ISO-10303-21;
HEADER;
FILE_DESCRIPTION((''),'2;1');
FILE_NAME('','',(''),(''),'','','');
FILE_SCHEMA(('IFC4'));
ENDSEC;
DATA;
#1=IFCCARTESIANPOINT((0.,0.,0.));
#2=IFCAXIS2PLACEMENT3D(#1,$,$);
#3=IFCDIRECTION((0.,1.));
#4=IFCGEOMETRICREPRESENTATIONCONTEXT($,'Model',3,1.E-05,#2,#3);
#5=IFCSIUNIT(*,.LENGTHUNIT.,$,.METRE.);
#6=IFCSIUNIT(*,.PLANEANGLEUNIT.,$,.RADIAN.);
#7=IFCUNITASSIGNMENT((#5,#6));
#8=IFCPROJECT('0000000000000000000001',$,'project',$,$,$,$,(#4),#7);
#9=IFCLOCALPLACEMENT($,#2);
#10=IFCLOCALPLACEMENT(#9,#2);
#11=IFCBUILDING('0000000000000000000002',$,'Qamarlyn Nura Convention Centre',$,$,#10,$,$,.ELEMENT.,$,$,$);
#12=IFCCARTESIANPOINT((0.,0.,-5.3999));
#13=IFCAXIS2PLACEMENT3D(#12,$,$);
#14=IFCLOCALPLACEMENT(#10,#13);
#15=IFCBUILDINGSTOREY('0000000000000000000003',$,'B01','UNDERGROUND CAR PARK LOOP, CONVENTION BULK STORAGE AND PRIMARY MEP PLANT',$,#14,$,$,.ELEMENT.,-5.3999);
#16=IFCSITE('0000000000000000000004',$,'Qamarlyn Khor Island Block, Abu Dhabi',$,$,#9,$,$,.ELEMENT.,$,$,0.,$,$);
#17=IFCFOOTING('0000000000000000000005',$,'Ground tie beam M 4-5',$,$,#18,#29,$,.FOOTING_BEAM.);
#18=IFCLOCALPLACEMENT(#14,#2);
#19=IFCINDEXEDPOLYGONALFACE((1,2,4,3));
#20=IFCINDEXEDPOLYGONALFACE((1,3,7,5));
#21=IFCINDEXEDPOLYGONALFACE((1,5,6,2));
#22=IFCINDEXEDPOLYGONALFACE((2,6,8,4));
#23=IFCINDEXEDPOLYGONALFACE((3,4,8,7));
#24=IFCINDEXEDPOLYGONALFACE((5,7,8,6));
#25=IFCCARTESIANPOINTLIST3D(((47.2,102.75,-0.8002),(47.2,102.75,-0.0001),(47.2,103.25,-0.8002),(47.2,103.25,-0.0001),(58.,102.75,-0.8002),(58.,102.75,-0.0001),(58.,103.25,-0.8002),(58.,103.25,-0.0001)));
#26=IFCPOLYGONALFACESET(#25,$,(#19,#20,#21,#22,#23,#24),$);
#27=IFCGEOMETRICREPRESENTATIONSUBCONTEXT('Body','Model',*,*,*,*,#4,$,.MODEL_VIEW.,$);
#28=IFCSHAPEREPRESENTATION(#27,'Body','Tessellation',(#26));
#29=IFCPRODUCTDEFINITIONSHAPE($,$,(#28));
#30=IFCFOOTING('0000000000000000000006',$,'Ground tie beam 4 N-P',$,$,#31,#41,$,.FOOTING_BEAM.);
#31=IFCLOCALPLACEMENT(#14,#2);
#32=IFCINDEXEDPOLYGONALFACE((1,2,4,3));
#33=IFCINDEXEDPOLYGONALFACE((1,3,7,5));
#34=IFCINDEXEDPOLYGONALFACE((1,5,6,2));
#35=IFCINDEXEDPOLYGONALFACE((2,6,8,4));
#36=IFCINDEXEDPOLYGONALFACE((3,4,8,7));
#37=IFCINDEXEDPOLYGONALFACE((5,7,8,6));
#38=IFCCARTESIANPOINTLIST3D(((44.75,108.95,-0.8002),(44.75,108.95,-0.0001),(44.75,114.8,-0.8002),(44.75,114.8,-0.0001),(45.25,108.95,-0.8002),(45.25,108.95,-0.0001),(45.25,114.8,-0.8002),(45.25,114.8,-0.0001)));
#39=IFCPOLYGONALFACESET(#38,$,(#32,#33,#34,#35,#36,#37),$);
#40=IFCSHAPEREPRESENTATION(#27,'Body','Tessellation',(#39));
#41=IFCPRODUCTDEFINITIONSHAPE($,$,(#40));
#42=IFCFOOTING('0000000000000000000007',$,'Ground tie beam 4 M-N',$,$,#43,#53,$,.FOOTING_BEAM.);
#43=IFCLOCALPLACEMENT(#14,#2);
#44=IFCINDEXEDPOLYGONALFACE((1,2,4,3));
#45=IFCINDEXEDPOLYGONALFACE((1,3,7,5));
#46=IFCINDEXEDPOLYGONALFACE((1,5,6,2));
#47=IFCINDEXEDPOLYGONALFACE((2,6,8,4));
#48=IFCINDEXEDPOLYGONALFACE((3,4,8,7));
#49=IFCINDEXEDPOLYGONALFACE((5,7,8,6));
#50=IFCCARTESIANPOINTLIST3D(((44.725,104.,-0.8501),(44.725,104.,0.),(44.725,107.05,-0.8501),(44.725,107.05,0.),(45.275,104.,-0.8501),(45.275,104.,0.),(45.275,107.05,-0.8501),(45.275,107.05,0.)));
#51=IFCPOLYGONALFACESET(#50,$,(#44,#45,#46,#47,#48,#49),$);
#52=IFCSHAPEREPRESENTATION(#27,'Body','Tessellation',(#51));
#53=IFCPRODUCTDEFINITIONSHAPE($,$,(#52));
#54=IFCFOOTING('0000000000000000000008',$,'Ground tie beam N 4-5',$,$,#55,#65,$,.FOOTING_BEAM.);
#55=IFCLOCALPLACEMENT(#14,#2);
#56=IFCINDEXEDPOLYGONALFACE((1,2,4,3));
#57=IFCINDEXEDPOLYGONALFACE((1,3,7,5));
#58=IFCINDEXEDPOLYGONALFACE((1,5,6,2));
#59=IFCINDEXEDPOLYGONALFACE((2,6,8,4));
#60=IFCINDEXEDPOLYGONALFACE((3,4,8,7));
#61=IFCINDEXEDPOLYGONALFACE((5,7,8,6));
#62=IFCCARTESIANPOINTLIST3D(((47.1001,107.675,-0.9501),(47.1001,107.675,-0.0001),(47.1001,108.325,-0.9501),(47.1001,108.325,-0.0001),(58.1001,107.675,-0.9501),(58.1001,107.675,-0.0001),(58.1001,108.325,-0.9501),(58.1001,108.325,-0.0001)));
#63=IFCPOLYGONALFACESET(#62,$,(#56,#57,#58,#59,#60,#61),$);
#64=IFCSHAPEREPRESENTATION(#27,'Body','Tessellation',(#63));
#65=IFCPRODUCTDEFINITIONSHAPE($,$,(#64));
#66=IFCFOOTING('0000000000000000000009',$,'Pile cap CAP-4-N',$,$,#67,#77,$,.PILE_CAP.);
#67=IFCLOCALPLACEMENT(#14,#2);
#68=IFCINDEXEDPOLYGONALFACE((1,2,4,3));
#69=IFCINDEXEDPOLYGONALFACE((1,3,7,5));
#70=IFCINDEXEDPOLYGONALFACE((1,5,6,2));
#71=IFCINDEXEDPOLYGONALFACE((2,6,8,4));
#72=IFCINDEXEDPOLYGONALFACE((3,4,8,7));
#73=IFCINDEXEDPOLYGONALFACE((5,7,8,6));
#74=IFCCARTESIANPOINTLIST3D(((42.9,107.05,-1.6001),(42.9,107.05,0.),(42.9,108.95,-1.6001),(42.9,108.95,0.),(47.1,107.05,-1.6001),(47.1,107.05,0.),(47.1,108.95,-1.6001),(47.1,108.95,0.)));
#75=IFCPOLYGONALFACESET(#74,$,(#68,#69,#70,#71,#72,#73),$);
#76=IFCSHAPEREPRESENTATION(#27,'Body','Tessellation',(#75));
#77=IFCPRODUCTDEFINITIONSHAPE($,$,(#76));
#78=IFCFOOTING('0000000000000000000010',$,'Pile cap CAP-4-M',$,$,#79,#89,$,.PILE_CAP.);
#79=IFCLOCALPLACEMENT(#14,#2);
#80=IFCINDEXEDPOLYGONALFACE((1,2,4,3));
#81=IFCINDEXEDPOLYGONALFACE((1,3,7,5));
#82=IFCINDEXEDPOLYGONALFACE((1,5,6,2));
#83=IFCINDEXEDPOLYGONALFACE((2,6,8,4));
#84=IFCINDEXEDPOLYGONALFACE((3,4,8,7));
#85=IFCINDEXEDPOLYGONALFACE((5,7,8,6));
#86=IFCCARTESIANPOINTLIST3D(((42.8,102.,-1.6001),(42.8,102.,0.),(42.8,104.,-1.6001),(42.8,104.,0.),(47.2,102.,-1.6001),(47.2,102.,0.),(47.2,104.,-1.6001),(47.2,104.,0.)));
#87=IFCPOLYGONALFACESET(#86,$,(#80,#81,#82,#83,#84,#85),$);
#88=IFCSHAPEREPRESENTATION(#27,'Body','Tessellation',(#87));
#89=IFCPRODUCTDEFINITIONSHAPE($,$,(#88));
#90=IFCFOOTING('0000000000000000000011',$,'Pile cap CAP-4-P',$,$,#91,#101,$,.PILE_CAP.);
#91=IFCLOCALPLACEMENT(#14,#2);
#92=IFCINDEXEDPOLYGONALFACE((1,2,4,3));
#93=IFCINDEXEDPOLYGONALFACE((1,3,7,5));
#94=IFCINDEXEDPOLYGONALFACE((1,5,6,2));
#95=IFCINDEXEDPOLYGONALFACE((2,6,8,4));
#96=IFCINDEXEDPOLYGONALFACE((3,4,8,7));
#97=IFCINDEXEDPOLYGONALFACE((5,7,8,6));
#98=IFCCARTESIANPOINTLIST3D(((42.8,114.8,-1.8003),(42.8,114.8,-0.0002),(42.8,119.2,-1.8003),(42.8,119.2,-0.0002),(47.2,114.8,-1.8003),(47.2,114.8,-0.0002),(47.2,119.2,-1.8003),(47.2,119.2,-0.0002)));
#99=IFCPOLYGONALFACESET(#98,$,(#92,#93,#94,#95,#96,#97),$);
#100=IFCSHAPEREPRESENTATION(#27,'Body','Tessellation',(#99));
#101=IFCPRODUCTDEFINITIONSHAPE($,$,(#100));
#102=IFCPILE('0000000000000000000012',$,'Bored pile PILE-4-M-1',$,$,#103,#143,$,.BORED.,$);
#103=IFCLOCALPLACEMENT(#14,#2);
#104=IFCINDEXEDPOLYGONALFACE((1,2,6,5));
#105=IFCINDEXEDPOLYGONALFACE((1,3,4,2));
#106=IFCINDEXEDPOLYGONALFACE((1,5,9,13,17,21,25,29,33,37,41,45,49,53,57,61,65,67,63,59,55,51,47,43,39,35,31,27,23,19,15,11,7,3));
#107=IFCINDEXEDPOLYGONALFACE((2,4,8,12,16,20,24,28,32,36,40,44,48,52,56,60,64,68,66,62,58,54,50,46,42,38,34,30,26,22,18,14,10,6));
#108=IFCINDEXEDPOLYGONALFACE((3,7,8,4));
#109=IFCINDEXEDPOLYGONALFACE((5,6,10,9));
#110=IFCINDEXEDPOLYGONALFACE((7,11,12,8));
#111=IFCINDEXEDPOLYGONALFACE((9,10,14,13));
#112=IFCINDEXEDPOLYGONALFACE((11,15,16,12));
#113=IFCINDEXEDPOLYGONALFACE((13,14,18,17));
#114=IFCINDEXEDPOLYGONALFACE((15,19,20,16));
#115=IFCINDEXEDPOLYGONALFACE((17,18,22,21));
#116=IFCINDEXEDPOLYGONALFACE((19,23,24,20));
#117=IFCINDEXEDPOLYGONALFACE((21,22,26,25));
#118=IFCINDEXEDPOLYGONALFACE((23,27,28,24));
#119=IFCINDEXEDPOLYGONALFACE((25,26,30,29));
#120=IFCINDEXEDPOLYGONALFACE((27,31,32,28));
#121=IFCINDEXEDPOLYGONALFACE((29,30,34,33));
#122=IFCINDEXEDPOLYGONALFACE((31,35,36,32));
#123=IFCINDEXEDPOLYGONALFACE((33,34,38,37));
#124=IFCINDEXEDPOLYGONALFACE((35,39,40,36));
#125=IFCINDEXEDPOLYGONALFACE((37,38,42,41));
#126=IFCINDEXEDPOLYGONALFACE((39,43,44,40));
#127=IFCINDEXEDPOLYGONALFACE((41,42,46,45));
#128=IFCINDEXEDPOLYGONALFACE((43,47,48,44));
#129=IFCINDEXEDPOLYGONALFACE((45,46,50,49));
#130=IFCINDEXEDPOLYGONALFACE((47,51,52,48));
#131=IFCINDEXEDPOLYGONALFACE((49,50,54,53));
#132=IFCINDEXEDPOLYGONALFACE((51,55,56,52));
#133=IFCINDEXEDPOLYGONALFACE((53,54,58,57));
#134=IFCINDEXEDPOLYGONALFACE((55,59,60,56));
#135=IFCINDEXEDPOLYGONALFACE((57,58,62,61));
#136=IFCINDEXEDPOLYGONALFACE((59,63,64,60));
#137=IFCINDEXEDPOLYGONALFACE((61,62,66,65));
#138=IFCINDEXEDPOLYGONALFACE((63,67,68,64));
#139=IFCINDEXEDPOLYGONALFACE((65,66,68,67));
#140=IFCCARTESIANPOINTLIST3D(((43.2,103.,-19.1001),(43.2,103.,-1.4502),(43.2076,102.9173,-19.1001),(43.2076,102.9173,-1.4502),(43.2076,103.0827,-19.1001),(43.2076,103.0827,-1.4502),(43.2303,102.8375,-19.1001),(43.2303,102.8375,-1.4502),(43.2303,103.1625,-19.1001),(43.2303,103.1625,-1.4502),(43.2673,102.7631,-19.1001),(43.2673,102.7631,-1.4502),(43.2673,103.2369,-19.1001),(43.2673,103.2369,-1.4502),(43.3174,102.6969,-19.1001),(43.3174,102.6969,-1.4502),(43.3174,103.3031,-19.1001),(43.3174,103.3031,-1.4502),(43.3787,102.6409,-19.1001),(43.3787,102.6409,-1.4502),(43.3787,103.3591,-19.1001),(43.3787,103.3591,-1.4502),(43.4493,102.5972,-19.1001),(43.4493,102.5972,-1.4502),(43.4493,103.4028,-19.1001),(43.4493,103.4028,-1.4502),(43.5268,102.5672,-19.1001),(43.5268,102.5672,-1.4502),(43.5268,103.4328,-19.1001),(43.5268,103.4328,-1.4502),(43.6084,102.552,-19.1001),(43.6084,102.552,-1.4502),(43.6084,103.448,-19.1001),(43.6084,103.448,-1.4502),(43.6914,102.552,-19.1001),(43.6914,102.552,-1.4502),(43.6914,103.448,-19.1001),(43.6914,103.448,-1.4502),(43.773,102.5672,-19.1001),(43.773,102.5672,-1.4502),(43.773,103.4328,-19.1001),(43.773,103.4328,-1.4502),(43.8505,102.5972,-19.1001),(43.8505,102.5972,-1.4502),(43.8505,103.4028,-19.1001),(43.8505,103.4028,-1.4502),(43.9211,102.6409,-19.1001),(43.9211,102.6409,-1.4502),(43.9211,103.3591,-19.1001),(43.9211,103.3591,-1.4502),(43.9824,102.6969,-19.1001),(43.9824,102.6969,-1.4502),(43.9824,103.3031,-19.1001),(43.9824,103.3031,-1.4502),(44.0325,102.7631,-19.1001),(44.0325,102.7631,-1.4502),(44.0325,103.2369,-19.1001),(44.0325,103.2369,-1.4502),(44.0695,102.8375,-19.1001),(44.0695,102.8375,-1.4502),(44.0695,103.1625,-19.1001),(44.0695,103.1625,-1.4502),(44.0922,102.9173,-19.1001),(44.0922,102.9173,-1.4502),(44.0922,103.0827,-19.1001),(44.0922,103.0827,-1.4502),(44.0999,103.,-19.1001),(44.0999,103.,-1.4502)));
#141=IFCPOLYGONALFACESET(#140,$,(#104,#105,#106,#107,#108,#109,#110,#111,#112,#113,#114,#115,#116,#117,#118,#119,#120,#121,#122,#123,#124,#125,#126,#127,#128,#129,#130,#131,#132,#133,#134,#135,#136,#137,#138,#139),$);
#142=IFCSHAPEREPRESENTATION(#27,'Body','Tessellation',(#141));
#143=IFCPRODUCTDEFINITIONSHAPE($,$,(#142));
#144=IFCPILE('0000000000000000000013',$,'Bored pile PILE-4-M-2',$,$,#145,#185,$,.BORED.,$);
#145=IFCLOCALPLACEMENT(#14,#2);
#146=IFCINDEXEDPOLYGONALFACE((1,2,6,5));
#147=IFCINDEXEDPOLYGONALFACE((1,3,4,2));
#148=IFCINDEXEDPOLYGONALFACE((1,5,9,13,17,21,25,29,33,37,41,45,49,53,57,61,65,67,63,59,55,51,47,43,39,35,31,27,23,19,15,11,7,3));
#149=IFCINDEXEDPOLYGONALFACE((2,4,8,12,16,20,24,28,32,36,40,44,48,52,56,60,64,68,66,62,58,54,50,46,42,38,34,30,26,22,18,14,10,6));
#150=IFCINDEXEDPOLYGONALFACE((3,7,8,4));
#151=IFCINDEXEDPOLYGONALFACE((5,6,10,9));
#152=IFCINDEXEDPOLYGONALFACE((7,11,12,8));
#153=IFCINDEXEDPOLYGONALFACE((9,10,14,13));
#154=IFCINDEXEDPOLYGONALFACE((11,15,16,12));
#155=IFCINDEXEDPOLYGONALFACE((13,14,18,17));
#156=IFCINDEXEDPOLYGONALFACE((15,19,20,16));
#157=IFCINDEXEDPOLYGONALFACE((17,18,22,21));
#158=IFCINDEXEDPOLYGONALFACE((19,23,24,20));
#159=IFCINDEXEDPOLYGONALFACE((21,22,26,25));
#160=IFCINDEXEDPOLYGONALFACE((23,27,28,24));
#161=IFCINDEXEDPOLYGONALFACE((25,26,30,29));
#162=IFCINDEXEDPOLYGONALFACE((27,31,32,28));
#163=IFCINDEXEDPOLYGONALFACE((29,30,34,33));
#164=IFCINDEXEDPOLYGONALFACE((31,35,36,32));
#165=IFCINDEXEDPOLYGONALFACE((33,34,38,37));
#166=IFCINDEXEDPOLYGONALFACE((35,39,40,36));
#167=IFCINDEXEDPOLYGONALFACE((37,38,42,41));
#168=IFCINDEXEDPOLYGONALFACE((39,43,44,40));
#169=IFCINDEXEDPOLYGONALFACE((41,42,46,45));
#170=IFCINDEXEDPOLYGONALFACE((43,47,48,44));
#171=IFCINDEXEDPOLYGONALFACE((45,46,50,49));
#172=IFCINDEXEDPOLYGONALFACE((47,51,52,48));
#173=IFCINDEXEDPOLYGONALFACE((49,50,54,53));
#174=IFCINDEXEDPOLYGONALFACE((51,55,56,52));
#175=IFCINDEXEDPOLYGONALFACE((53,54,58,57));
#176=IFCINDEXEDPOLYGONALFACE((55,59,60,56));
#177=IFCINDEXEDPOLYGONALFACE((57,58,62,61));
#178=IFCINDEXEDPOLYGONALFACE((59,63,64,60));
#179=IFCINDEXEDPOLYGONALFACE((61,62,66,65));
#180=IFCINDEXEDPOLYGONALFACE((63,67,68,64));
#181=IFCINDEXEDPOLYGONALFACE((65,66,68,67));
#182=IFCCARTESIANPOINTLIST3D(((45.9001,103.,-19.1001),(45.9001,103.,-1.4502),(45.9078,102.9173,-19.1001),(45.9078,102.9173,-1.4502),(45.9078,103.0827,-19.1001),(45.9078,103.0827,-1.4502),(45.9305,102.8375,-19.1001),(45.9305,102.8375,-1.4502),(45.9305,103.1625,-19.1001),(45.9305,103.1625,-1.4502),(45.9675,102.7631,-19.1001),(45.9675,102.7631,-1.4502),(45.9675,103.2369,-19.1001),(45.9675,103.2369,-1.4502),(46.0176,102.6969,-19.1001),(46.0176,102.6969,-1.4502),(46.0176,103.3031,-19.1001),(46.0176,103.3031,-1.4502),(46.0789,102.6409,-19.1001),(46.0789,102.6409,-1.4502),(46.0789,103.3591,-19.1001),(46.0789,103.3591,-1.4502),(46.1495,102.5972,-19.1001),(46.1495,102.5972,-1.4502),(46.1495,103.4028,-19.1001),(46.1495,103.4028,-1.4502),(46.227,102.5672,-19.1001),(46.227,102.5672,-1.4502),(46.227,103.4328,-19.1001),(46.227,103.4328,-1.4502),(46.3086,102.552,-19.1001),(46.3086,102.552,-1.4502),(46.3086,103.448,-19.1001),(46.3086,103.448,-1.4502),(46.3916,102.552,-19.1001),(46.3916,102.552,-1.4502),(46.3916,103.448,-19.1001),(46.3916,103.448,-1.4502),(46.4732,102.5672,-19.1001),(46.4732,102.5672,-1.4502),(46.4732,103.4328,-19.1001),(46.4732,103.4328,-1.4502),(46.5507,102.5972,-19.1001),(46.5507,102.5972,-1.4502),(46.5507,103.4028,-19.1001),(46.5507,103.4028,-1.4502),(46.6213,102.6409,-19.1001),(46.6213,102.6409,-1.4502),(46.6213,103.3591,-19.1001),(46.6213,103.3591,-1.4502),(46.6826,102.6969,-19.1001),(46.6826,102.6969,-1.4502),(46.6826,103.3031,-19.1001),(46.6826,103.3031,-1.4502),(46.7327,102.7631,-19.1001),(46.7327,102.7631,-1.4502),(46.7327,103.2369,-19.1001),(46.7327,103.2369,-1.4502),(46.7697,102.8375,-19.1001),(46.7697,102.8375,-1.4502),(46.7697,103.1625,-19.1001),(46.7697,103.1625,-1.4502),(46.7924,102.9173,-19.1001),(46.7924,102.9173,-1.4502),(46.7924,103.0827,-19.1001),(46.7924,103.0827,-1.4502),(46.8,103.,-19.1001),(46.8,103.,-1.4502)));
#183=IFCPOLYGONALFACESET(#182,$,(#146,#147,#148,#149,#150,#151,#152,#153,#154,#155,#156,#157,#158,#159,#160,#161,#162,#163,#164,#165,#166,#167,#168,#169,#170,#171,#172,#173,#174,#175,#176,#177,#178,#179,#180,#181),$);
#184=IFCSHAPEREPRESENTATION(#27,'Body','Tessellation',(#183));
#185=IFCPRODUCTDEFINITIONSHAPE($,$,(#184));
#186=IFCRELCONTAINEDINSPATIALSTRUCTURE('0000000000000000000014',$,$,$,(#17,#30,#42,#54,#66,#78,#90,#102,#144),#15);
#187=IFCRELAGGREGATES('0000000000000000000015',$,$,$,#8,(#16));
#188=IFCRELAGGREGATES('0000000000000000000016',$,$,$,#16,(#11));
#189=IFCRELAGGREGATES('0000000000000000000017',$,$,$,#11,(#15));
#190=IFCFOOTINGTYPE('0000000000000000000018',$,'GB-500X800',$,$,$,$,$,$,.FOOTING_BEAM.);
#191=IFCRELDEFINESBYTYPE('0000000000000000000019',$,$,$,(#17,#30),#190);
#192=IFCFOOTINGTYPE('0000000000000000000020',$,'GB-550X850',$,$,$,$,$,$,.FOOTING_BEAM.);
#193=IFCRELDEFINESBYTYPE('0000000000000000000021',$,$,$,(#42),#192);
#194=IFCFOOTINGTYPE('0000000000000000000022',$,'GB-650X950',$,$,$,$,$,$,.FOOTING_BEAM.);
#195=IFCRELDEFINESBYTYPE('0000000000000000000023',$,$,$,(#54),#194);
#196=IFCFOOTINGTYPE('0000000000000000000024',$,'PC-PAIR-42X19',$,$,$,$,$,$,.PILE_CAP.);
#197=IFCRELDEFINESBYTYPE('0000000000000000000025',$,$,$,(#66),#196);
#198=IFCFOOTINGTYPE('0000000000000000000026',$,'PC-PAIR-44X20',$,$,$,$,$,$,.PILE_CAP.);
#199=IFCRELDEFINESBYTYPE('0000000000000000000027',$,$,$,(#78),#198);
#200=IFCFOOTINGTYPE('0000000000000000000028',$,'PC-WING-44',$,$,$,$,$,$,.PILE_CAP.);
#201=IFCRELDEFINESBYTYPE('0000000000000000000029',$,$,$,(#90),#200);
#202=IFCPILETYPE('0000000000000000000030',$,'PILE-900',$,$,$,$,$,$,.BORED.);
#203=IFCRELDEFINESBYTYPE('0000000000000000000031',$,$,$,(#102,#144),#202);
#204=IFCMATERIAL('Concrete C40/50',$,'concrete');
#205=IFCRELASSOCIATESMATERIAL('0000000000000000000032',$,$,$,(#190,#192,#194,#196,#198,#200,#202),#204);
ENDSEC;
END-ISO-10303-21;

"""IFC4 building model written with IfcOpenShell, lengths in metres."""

from ifc_helpers import new_model, si_unit, direction, frame, origin, origin_2d, place, context, subcontext, project, spatial, rectangle, circle, extrude, material, material_profile, profile_set, type_object, element, save


model = new_model("IFC4")

# Units and contexts
model_context = context("Model", 3, precision=1e-05, world=origin(), true_north=direction((0.0, 1.0)))
body_context = subcontext(model_context, "Body", "Model", "MODEL_VIEW")
ifc_project = project(units=[si_unit("LENGTHUNIT", "METRE"), si_unit("PLANEANGLEUNIT", "RADIAN")], contexts=[model_context])

# Site, building, storey
site_placement = place(None, origin())
site = spatial("IfcSite", under=ifc_project, at=site_placement, Name="Qamarlyn Khor Island Block, Abu Dhabi", CompositionType="ELEMENT", RefElevation=0.0)
building_placement = place(site_placement, origin())
building = spatial("IfcBuilding", under=site, at=building_placement, Name="Qamarlyn Nura Convention Centre", CompositionType="ELEMENT")
storey_placement = place(building_placement, frame((0.0, 0.0, -5.3999)))
storey = spatial("IfcBuildingStorey", under=building, at=storey_placement, Name="B01", Description="UNDERGROUND CAR PARK LOOP, CONVENTION BULK STORAGE AND PRIMARY MEP PLANT", CompositionType="ELEMENT", Elevation=-5.3999)

# Footings
ifc_material_1 = material(Name="Concrete C40/50", Category="concrete")
ifc_material_profile_1 = material_profile(ifc_material_1, rectangle(XDim=0.5, YDim=0.8, at=origin_2d()), Name="RC GB 500x800")
ifc_profile_set_1 = profile_set([ifc_material_profile_1], Name="Concrete C40/50")
footing_type_1 = type_object("IfcFootingType", Name="GB-500X800", PredefinedType="FOOTING_BEAM", material=ifc_profile_set_1)
footing_1_placement = place(storey_placement, frame((47.2, 103.0, -0.4001), z_axis=(1.0, 0.0, 0.0), x_axis=(0.0, 1.0, 0.0)))
element("IfcFooting", 1, at=footing_1_placement, inside=storey, type_object=footing_type_1, Name="Ground tie beam M 4-5", PredefinedType="FOOTING_BEAM", context=body_context, shape_type="SweptSolid", body=[
    extrude(rectangle(XDim=0.5, YDim=0.8, at=origin_2d()), origin(), (0.0, 0.0, 1.0), 10.8),
])
footing_2_placement = place(storey_placement, frame((45.0, 108.95, -0.4001), z_axis=(0.0, 1.0, 0.0), x_axis=(-1.0, 0.0, 0.0)))
element("IfcFooting", 2, at=footing_2_placement, inside=storey, type_object=footing_type_1, Name="Ground tie beam 4 N-P", PredefinedType="FOOTING_BEAM", context=body_context, shape_type="SweptSolid", body=[
    extrude(rectangle(XDim=0.5, YDim=0.8, at=origin_2d()), origin(), (0.0, 0.0, 1.0), 5.8501),
])
ifc_material_profile_2 = material_profile(ifc_material_1, rectangle(XDim=0.55, YDim=0.8501, at=origin_2d()), Name="RC GB 550x850")
ifc_profile_set_2 = profile_set([ifc_material_profile_2], Name="Concrete C40/50")
footing_type_2 = type_object("IfcFootingType", Name="GB-550X850", PredefinedType="FOOTING_BEAM", material=ifc_profile_set_2)
footing_3_placement = place(storey_placement, frame((45.0, 104.0, -0.425), z_axis=(0.0, 1.0, 0.0), x_axis=(-1.0, 0.0, 0.0)))
element("IfcFooting", 3, at=footing_3_placement, inside=storey, type_object=footing_type_2, Name="Ground tie beam 4 M-N", PredefinedType="FOOTING_BEAM", context=body_context, shape_type="SweptSolid", body=[
    extrude(rectangle(XDim=0.55, YDim=0.8501, at=origin_2d()), origin(), (0.0, 0.0, 1.0), 3.05),
])
ifc_material_profile_3 = material_profile(ifc_material_1, rectangle(XDim=0.6499, YDim=0.95, at=origin_2d()), Name="RC GB 650x950")
ifc_profile_set_3 = profile_set([ifc_material_profile_3], Name="Concrete C40/50")
footing_type_3 = type_object("IfcFootingType", Name="GB-650X950", PredefinedType="FOOTING_BEAM", material=ifc_profile_set_3)
footing_4_placement = place(storey_placement, frame((47.1001, 108.0, -0.4751), z_axis=(1.0, 0.0, 0.0), x_axis=(0.0, 1.0, 0.0)))
element("IfcFooting", 4, at=footing_4_placement, inside=storey, type_object=footing_type_3, Name="Ground tie beam N 4-5", PredefinedType="FOOTING_BEAM", context=body_context, shape_type="SweptSolid", body=[
    extrude(rectangle(XDim=0.6499, YDim=0.95, at=origin_2d()), origin(), (0.0, 0.0, 1.0), 11.0),
])
footing_type_4 = type_object("IfcFootingType", Name="PC-PAIR-42X19", PredefinedType="PILE_CAP", material=ifc_material_1)
footing_5_placement = place(storey_placement, frame((45.0, 108.0, -1.6001), z_axis=(0.0, 0.0, 1.0), x_axis=(1.0, 0.0, 0.0)))
element("IfcFooting", 5, at=footing_5_placement, inside=storey, type_object=footing_type_4, Name="Pile cap CAP-4-N", PredefinedType="PILE_CAP", context=body_context, shape_type="SweptSolid", body=[
    extrude(rectangle(XDim=4.2, YDim=1.8999, at=origin_2d()), origin(), (0.0, 0.0, 1.0), 1.6001),
])
footing_type_5 = type_object("IfcFootingType", Name="PC-PAIR-44X20", PredefinedType="PILE_CAP", material=ifc_material_1)
footing_6_placement = place(storey_placement, frame((45.0, 103.0, -1.6001), z_axis=(0.0, 0.0, 1.0), x_axis=(1.0, 0.0, 0.0)))
element("IfcFooting", 6, at=footing_6_placement, inside=storey, type_object=footing_type_5, Name="Pile cap CAP-4-M", PredefinedType="PILE_CAP", context=body_context, shape_type="SweptSolid", body=[
    extrude(rectangle(XDim=4.3999, YDim=2.0, at=origin_2d()), origin(), (0.0, 0.0, 1.0), 1.6001),
])
footing_type_6 = type_object("IfcFootingType", Name="PC-WING-44", PredefinedType="PILE_CAP", material=ifc_material_1)
footing_7_placement = place(storey_placement, frame((45.0, 117.0, -1.8003), z_axis=(0.0, 0.0, 1.0), x_axis=(1.0, 0.0, 0.0)))
element("IfcFooting", 7, at=footing_7_placement, inside=storey, type_object=footing_type_6, Name="Pile cap CAP-4-P", PredefinedType="PILE_CAP", context=body_context, shape_type="SweptSolid", body=[
    extrude(rectangle(XDim=4.3999, YDim=4.3999, at=origin_2d()), origin(), (0.0, 0.0, 1.0), 1.8),
])

# Piles
ifc_material_profile_4 = material_profile(ifc_material_1, circle(Radius=0.45, at=origin_2d()), Name="BORED PILE 900")
ifc_profile_set_4 = profile_set([ifc_material_profile_4], Name="Concrete C40/50")
pile_type = type_object("IfcPileType", Name="PILE-900", PredefinedType="BORED", material=ifc_profile_set_4)
for number, where, z_axis, x_axis, name in (
    (8, (43.6499, 103.0, -1.4502), (0.0, 0.0, -1.0), (1.0, 0.0, 0.0), "Bored pile PILE-4-M-1"),
    (9, (46.3501, 103.0, -1.4502), (0.0, 0.0, -1.0), (1.0, 0.0, 0.0), "Bored pile PILE-4-M-2"),
):
    element("IfcPile", number, at=place(storey_placement, frame(where, z_axis=z_axis, x_axis=x_axis)), inside=storey, type_object=pile_type, Name=name, PredefinedType="BORED", context=body_context, shape_type="SweptSolid", body=[
        extrude(circle(Radius=0.45, at=origin_2d()), origin(), (0.0, 0.0, 1.0), 17.6499),
    ])

save(model, "model.ifc")
